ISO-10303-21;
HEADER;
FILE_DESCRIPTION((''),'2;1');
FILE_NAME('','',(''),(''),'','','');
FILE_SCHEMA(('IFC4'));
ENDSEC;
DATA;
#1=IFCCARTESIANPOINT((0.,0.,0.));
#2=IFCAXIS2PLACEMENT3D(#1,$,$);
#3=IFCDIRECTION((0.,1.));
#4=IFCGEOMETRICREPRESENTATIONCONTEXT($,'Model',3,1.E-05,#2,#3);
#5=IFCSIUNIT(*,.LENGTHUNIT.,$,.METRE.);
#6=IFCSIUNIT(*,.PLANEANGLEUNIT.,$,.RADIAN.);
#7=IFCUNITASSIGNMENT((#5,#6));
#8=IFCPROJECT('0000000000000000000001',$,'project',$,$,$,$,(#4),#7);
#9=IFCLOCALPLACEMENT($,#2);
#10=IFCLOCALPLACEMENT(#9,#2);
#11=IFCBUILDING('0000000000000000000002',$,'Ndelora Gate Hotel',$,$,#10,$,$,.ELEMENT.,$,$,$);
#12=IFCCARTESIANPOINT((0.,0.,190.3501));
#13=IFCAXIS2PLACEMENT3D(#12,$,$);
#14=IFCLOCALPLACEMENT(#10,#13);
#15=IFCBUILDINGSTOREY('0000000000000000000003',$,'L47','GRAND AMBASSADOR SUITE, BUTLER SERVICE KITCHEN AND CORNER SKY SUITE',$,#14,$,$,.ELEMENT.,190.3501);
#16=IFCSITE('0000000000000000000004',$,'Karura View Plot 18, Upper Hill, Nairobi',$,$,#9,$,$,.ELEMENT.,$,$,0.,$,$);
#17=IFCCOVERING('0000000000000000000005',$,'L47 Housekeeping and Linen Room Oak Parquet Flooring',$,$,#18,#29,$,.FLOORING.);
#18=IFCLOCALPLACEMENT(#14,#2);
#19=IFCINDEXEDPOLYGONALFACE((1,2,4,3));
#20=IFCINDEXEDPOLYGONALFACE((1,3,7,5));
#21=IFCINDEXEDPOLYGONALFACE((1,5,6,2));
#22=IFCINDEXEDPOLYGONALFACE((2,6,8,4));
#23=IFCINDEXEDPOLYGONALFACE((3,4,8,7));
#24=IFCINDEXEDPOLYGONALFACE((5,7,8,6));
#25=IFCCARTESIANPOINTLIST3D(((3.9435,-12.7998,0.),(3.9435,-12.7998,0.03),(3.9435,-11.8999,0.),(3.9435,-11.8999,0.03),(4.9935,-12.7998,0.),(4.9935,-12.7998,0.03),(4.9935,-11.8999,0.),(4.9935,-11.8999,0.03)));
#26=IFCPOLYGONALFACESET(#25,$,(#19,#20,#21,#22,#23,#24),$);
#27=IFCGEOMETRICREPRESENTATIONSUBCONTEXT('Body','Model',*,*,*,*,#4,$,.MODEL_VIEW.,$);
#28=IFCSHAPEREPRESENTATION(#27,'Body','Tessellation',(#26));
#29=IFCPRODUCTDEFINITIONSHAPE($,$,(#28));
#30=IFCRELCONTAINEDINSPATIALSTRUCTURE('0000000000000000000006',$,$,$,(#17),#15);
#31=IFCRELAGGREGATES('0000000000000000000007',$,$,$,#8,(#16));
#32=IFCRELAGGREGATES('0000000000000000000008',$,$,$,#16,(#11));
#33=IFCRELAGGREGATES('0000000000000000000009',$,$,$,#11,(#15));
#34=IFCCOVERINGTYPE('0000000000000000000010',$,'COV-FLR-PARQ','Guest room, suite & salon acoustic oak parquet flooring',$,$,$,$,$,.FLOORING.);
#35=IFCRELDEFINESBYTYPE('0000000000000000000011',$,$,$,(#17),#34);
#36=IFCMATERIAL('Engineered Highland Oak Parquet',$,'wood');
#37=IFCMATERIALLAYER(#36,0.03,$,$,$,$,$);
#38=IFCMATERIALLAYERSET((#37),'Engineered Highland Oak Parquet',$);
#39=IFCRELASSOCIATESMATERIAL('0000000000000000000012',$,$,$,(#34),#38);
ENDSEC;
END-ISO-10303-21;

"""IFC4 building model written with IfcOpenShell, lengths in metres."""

from ifc_helpers import new_model, si_unit, direction, frame, origin, origin_2d, place, context, subcontext, project, spatial, rectangle, extrude, material, layer, layer_set, type_object, element, save


model = new_model("IFC4")

# Units and contexts
model_context = context("Model", 3, precision=1e-05, world=origin(), true_north=direction((0.0, 1.0)))
body_context = subcontext(model_context, "Body", "Model", "MODEL_VIEW")
ifc_project = project(units=[si_unit("LENGTHUNIT", "METRE"), si_unit("PLANEANGLEUNIT", "RADIAN")], contexts=[model_context])

# Site, building, storey
site_placement = place(None, origin())
site = spatial("IfcSite", under=ifc_project, at=site_placement, Name="Karura View Plot 18, Upper Hill, Nairobi", CompositionType="ELEMENT", RefElevation=0.0)
building_placement = place(site_placement, origin())
building = spatial("IfcBuilding", under=site, at=building_placement, Name="Ndelora Gate Hotel", CompositionType="ELEMENT")
storey_placement = place(building_placement, frame((0.0, 0.0, 190.3501)))
storey = spatial("IfcBuildingStorey", under=building, at=storey_placement, Name="L47", Description="GRAND AMBASSADOR SUITE, BUTLER SERVICE KITCHEN AND CORNER SKY SUITE", CompositionType="ELEMENT", Elevation=190.3501)

# Covering
ifc_material_1 = material(Name="Engineered Highland Oak Parquet", Category="wood")
ifc_layer_1 = layer(ifc_material_1, 0.03)
ifc_layer_set_1 = layer_set([ifc_layer_1], Name="Engineered Highland Oak Parquet")
covering_type_1 = type_object("IfcCoveringType", Name="COV-FLR-PARQ", Description="Guest room, suite & salon acoustic oak parquet flooring", PredefinedType="FLOORING", material=ifc_layer_set_1)
covering_1_placement = place(storey_placement, frame((4.4685, -12.3499, 0.0), z_axis=(0.0, 0.0, 1.0), x_axis=(1.0, 0.0, 0.0)))
element("IfcCovering", 1, at=covering_1_placement, inside=storey, type_object=covering_type_1, Name="L47 Housekeeping and Linen Room Oak Parquet Flooring", PredefinedType="FLOORING", context=body_context, shape_type="SweptSolid", body=[
    extrude(rectangle(XDim=1.05, YDim=0.8999, at=origin_2d()), origin(), (0.0, 0.0, 1.0), 0.03),
])

save(model, "model.ifc")
